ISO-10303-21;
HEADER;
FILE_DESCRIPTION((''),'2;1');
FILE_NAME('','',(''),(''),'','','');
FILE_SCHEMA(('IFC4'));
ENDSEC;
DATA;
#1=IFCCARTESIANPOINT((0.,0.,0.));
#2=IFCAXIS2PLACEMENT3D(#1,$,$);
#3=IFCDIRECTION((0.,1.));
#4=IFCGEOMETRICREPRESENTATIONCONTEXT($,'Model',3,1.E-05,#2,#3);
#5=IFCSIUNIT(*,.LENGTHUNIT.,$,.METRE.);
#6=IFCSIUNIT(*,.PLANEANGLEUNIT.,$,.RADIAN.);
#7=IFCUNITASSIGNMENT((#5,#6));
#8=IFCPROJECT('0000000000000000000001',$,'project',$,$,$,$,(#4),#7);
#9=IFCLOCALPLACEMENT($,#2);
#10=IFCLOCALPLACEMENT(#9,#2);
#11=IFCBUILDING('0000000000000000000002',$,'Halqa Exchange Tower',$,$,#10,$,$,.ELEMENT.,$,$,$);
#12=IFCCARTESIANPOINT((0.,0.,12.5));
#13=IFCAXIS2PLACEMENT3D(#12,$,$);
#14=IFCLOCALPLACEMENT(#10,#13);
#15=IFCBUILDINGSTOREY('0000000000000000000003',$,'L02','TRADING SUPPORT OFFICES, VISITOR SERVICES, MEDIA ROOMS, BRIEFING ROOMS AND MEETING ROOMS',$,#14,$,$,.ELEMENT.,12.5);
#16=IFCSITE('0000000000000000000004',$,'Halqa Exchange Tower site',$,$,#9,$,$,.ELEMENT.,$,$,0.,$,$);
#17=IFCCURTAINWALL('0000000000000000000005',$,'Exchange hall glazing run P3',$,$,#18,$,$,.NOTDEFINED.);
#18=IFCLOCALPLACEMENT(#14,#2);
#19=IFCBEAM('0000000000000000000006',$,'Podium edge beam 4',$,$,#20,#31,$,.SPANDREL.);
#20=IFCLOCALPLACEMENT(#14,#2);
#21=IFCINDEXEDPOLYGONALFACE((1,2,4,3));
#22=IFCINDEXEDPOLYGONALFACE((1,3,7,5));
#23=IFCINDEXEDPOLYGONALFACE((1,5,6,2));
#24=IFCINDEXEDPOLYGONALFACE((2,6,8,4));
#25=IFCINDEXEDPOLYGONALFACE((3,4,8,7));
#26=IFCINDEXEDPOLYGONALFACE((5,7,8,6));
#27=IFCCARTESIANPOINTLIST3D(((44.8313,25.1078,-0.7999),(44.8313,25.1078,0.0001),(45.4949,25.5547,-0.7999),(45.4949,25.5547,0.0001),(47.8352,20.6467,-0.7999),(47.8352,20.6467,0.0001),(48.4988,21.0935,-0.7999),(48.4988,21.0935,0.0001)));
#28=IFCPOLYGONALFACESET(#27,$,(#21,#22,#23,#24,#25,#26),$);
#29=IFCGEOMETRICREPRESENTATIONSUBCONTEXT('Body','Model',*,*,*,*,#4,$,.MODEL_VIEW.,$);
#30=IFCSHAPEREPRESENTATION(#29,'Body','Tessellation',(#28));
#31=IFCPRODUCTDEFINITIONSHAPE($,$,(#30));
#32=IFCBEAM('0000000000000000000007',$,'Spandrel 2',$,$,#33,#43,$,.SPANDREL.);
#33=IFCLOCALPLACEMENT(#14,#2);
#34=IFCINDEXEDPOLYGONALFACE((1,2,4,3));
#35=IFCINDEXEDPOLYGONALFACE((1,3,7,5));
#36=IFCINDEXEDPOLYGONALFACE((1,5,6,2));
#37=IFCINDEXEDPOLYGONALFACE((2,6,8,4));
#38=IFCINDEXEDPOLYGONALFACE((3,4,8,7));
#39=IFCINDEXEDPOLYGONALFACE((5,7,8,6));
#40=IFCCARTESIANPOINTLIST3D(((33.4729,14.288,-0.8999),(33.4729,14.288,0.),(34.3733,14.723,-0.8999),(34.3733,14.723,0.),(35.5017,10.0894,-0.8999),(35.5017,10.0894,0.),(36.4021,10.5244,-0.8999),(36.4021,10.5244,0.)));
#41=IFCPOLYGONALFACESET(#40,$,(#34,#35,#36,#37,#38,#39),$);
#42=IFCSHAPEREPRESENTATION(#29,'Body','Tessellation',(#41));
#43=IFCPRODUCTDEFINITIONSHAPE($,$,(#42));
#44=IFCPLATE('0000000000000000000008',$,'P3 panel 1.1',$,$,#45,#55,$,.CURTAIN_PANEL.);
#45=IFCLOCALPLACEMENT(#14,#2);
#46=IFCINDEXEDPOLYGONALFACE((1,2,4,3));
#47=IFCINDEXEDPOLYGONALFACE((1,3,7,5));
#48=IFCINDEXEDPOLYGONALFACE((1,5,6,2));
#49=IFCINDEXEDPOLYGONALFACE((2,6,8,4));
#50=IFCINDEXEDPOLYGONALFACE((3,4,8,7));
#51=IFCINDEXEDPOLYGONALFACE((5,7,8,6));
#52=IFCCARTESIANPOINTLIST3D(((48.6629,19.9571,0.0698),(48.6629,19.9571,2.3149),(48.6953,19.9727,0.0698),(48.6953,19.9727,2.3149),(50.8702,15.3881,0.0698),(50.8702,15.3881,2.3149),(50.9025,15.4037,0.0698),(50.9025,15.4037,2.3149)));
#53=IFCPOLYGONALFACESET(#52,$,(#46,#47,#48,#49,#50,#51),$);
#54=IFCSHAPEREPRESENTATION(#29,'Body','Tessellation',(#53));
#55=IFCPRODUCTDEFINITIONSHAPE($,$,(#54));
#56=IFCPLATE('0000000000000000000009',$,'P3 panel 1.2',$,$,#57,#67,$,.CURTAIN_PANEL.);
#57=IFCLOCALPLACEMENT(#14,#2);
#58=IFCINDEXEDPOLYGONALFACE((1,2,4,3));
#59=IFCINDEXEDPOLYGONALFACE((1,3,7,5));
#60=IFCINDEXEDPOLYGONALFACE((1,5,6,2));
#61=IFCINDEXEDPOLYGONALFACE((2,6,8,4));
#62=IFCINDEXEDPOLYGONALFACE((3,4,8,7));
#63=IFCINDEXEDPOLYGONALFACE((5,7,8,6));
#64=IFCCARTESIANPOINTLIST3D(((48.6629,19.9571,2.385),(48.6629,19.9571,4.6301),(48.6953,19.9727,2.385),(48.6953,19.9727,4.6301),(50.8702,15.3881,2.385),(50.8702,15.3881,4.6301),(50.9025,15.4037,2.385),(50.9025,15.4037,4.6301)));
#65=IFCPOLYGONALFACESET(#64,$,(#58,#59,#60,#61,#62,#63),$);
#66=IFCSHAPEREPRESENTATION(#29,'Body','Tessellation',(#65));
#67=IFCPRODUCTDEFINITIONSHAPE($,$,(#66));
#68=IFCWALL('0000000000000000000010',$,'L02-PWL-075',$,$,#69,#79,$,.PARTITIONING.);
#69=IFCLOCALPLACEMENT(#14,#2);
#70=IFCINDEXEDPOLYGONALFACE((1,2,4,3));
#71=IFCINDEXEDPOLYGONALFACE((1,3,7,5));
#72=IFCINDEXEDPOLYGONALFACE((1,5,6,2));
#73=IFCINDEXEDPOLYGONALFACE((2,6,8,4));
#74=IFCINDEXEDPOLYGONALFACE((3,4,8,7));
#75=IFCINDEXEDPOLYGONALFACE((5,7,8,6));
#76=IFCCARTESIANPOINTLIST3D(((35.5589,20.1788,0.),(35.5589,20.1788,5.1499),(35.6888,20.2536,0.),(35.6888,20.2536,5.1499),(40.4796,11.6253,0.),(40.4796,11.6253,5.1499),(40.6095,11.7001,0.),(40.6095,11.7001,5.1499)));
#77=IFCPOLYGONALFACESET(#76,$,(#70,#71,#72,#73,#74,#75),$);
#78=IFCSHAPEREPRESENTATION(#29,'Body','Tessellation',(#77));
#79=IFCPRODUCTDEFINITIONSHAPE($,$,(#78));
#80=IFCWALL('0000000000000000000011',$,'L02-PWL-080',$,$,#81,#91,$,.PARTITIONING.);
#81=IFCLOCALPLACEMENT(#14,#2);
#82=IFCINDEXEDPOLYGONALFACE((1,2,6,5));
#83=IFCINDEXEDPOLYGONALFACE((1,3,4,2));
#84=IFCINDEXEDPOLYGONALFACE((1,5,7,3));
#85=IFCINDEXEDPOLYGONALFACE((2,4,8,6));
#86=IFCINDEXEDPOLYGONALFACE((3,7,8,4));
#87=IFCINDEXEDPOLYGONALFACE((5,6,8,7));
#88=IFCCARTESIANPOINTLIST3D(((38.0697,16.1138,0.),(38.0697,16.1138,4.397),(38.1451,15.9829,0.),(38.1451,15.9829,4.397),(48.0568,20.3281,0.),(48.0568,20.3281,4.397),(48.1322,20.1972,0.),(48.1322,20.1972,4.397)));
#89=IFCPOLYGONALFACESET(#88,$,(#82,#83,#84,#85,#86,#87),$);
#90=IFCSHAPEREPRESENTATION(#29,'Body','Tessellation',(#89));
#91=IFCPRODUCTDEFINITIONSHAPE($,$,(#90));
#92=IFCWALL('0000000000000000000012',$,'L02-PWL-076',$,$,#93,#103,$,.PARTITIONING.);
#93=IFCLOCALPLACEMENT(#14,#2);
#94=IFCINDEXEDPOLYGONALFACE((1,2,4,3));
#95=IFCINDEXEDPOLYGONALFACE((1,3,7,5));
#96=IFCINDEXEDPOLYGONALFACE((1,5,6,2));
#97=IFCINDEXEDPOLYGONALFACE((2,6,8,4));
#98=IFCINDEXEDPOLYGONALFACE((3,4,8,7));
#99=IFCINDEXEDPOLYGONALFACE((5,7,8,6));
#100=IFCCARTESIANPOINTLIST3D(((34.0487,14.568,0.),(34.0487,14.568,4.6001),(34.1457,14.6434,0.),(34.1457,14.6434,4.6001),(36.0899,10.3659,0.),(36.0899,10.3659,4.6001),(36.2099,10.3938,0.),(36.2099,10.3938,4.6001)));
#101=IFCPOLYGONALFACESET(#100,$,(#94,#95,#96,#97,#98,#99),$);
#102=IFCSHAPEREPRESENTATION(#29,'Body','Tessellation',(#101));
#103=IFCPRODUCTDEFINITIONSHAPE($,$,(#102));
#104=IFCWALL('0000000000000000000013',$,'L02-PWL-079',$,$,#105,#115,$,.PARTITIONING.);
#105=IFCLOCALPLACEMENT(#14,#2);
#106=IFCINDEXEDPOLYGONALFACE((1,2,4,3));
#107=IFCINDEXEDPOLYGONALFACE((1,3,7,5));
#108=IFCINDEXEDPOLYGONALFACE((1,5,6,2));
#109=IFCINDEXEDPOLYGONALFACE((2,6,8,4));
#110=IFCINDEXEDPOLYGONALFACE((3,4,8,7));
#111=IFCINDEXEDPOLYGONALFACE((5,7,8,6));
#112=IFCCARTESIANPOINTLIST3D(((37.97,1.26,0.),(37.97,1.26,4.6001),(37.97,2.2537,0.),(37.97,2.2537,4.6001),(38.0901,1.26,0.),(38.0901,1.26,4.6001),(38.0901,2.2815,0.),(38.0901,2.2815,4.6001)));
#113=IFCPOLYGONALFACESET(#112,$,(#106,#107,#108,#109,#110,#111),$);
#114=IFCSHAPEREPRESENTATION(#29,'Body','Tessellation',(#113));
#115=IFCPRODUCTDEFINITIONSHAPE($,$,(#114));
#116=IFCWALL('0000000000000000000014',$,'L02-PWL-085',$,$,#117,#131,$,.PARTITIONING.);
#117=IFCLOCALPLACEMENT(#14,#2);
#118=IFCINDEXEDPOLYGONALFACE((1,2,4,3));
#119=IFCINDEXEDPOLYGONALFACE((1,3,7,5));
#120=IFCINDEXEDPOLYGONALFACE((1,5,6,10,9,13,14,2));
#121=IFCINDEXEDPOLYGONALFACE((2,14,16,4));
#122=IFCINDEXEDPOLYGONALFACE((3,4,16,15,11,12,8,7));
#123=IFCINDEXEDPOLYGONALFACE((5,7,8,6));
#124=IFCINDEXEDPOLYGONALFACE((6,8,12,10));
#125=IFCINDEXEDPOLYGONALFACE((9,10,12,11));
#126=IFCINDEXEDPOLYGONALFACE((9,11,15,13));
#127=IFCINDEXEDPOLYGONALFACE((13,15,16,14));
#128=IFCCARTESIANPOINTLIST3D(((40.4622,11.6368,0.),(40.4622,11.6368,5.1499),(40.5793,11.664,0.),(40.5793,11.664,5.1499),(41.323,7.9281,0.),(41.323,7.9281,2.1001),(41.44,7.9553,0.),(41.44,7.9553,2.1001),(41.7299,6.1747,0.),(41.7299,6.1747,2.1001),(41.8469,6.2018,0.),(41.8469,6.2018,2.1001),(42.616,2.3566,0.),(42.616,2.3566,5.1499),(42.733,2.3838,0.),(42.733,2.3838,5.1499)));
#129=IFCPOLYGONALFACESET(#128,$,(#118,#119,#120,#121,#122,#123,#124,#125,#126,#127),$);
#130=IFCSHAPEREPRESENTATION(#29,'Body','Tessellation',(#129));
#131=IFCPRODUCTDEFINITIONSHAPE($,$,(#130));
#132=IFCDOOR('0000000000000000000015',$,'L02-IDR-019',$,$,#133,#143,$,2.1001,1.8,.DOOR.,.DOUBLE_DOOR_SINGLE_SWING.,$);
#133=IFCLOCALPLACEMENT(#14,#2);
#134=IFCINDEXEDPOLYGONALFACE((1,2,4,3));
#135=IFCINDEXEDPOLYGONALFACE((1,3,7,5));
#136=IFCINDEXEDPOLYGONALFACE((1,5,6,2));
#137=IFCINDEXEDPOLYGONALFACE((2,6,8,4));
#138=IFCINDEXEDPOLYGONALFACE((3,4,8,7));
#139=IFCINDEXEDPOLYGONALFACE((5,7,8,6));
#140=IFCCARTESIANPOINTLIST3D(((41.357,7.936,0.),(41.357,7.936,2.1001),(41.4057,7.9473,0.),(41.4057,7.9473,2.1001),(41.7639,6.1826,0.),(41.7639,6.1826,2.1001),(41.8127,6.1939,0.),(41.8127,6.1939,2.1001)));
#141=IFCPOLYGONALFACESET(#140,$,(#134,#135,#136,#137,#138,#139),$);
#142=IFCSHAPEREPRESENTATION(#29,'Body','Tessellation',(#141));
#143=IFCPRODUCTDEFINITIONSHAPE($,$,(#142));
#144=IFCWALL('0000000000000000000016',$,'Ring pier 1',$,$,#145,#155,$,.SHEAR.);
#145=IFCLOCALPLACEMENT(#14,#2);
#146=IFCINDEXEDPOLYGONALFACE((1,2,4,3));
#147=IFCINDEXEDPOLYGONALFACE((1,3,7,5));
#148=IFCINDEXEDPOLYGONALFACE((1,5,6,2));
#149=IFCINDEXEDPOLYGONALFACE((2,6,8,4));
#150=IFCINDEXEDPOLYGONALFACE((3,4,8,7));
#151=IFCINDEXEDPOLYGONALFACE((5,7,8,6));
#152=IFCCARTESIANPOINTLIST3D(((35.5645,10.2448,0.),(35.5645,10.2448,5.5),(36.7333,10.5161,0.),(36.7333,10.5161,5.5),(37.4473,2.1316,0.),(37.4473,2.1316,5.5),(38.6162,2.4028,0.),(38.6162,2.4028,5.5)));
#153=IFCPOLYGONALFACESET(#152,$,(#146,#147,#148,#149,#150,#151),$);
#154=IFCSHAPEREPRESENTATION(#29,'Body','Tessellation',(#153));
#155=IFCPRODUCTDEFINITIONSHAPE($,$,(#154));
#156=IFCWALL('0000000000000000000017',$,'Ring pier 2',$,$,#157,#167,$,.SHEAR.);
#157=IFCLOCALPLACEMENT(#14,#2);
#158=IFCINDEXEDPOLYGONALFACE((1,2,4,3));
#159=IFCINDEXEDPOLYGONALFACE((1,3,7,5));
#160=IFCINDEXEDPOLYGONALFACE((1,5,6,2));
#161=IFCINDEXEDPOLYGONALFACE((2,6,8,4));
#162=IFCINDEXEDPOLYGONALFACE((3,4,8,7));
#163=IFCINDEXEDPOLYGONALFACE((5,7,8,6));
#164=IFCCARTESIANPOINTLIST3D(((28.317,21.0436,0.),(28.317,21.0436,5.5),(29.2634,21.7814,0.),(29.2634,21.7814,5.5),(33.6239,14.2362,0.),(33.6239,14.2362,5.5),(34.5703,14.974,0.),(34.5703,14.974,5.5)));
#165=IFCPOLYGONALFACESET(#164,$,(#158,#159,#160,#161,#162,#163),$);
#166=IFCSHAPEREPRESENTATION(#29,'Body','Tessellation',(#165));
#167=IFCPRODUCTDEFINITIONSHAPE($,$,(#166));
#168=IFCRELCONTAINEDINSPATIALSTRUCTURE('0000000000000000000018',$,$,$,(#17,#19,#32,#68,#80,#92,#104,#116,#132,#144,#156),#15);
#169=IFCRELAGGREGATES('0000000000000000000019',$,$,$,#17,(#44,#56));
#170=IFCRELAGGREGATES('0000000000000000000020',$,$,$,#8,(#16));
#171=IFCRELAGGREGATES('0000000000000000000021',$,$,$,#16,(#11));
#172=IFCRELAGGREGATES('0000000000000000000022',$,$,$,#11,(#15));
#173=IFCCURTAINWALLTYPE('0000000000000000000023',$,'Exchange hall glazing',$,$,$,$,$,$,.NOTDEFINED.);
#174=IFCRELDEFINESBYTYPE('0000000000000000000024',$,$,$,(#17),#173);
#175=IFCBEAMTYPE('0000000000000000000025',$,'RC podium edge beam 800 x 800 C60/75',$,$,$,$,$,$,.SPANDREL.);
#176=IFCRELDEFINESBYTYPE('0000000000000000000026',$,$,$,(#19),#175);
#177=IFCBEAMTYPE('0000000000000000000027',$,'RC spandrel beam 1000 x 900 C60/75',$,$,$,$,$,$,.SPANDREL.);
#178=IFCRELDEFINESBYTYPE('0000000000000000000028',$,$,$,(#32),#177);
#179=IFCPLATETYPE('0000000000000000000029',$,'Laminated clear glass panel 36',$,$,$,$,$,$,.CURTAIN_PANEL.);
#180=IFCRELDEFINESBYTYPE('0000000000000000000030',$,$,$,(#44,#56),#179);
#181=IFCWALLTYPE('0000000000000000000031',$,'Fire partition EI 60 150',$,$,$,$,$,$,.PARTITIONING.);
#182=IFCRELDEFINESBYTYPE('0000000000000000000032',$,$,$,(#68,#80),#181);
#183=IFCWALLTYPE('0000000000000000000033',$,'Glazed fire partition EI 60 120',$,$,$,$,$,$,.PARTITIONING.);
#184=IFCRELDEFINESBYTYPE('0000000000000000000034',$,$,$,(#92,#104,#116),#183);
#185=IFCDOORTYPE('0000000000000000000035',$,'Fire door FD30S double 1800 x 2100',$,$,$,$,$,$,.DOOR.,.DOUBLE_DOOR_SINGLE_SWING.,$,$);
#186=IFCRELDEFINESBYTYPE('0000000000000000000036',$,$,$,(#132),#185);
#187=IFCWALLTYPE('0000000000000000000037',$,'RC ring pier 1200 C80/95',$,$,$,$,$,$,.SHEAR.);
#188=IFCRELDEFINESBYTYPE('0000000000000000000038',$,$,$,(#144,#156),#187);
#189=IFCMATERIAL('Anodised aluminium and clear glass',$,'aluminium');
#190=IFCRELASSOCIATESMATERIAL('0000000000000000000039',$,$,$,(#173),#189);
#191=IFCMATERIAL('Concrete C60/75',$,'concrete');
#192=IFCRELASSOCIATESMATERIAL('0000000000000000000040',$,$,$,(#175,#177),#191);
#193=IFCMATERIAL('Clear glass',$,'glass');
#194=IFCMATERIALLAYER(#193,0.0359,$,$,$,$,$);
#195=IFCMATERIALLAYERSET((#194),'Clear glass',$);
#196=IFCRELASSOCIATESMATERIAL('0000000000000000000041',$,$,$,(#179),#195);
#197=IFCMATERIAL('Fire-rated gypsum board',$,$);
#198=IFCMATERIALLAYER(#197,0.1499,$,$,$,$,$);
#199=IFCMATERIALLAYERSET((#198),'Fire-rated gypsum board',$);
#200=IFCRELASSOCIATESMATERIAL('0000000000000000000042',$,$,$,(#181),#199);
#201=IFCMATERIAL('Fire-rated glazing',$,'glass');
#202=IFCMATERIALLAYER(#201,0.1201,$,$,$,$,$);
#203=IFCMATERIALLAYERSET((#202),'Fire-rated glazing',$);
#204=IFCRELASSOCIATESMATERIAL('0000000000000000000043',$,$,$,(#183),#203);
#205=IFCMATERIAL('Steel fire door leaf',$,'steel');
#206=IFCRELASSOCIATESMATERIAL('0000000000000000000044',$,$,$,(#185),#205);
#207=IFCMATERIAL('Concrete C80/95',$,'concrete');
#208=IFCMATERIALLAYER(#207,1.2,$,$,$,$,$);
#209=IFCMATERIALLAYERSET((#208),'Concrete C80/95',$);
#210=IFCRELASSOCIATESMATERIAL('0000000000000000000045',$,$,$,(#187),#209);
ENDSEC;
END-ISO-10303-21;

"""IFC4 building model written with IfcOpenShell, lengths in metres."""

from ifc_helpers import new_model, si_unit, direction, frame, frame_2d, origin, origin_2d, place, context, subcontext, project, spatial, polyline, rectangle, outline, extrude, material, layer, layer_set, material_profile, profile_set, type_object, element, fill, aggregate, save


model = new_model("IFC4")

# Units and contexts
model_context = context("Model", 3, precision=1e-05, world=origin(), true_north=direction((0.0, 1.0)))
body_context = subcontext(model_context, "Body", "Model", "MODEL_VIEW")
ifc_project = project(units=[si_unit("LENGTHUNIT", "METRE"), si_unit("PLANEANGLEUNIT", "RADIAN")], contexts=[model_context])

# Site, building, storey
site_placement = place(None, origin())
site = spatial("IfcSite", under=ifc_project, at=site_placement, Name="Halqa Exchange Tower site", CompositionType="ELEMENT", RefElevation=0.0)
building_placement = place(site_placement, origin())
building = spatial("IfcBuilding", under=site, at=building_placement, Name="Halqa Exchange Tower", CompositionType="ELEMENT")
storey_placement = place(building_placement, frame((0.0, 0.0, 12.5)))
storey = spatial("IfcBuildingStorey", under=building, at=storey_placement, Name="L02", Description="TRADING SUPPORT OFFICES, VISITOR SERVICES, MEDIA ROOMS, BRIEFING ROOMS AND MEETING ROOMS", CompositionType="ELEMENT", Elevation=12.5)

# Shared definitions
ifc_material_1 = material(Name="Concrete C60/75", Category="concrete")

# Curtain wall
ifc_material_2 = material(Name="Anodised aluminium and clear glass", Category="aluminium")
curtain_wall_type = type_object("IfcCurtainWallType", Name="Exchange hall glazing", PredefinedType="NOTDEFINED", material=ifc_material_2)
curtain_wall_1_placement = place(storey_placement, origin())
curtain_wall_1 = element("IfcCurtainWall", 1, at=curtain_wall_1_placement, inside=storey, type_object=curtain_wall_type, Name="Exchange hall glazing run P3", PredefinedType="NOTDEFINED")

# Beams
ifc_material_profile_1 = material_profile(ifc_material_1, rectangle(XDim=0.8, YDim=0.8, at=origin_2d()), Name="800 x 800")
ifc_profile_set_1 = profile_set([ifc_material_profile_1], Name="Concrete C60/75")
beam_type_1 = type_object("IfcBeamType", Name="RC podium edge beam 800 x 800 C60/75", PredefinedType="SPANDREL", material=ifc_profile_set_1)
beam_1_placement = place(storey_placement, frame((48.167, 20.8701, -0.3999), z_axis=(-0.558528, 0.829485, 0.0), x_axis=(-0.829485, -0.558528, 0.0)))
element("IfcBeam", 2, at=beam_1_placement, inside=storey, type_object=beam_type_1, Name="Podium edge beam 4", PredefinedType="SPANDREL", context=body_context, shape_type="SweptSolid", body=[
    extrude(rectangle(XDim=0.8, YDim=0.8, at=origin_2d()), origin(), (0.0, 0.0, 1.0), 5.3782),
])
ifc_material_profile_2 = material_profile(ifc_material_1, rectangle(XDim=1.0, YDim=0.8999, at=origin_2d()), Name="1000 x 900")
ifc_profile_set_2 = profile_set([ifc_material_profile_2], Name="Concrete C60/75")
beam_type_2 = type_object("IfcBeamType", Name="RC spandrel beam 1000 x 900 C60/75", PredefinedType="SPANDREL", material=ifc_profile_set_2)
beam_2_placement = place(storey_placement, frame((35.9519, 10.3069, -0.45), z_axis=(-0.435068, 0.900397, 0.0), x_axis=(-0.900397, -0.435068, 0.0)))
element("IfcBeam", 3, at=beam_2_placement, inside=storey, type_object=beam_type_2, Name="Spandrel 2", PredefinedType="SPANDREL", context=body_context, shape_type="SweptSolid", body=[
    extrude(rectangle(XDim=1.0, YDim=0.8999, at=origin_2d()), origin(), (0.0, 0.0, 1.0), 4.6631),
])

# Plates
ifc_material_3 = material(Name="Clear glass", Category="glass")
ifc_layer_1 = layer(ifc_material_3, 0.0359)
ifc_layer_set_1 = layer_set([ifc_layer_1], Name="Clear glass")
plate_type = type_object("IfcPlateType", Name="Laminated clear glass panel 36", PredefinedType="CURTAIN_PANEL", material=ifc_layer_set_1)
plate_1_placement = place(storey_placement, frame((49.7827, 17.6804, 0.0698), z_axis=(0.0, 0.0, 1.0), x_axis=(-0.43499, 0.900435, 0.0)))
plate_1 = element("IfcPlate", 4, at=plate_1_placement, type_object=plate_type, Name="P3 panel 1.1", PredefinedType="CURTAIN_PANEL", context=body_context, shape_type="SweptSolid", body=[
    extrude(rectangle(XDim=5.0742, YDim=0.0359, at=origin_2d()), origin(), (0.0, 0.0, 1.0), 2.2451),
])
plate_2_placement = place(storey_placement, frame((49.7827, 17.6804, 2.385), z_axis=(0.0, 0.0, 1.0), x_axis=(-0.43499, 0.900435, 0.0)))
plate_2 = element("IfcPlate", 5, at=plate_2_placement, type_object=plate_type, Name="P3 panel 1.2", PredefinedType="CURTAIN_PANEL", context=body_context, shape_type="SweptSolid", body=[
    extrude(rectangle(XDim=5.0742, YDim=0.0359, at=origin_2d()), origin(), (0.0, 0.0, 1.0), 2.2451),
])
aggregate(curtain_wall_1, [plate_1, plate_2])

# Walls
ifc_material_4 = material(Name="Fire-rated gypsum board")
ifc_layer_2 = layer(ifc_material_4, 0.1499)
ifc_layer_set_2 = layer_set([ifc_layer_2], Name="Fire-rated gypsum board")
wall_type_1 = type_object("IfcWallType", Name="Fire partition EI 60 150", PredefinedType="PARTITIONING", material=ifc_layer_set_2)
wall_1_placement = place(storey_placement, frame((35.6238, 20.2163, 0.0), z_axis=(0.0, 0.0, 1.0), x_axis=(0.498655, -0.866801, 0.0)))
element("IfcWall", 6, at=wall_1_placement, inside=storey, type_object=wall_type_1, Name="L02-PWL-075", PredefinedType="PARTITIONING", context=body_context, shape_type="SweptSolid", body=[
    extrude(rectangle(XDim=9.8679, YDim=0.1499, at=frame_2d((4.9341, 0.0))), origin(), (0.0, 0.0, 1.0), 5.1499),
])
wall_2_placement = place(storey_placement, frame((38.1074, 16.0483, 0.0), z_axis=(0.0, 0.0, 1.0), x_axis=(0.921329, 0.388784, 0.0)))
element("IfcWall", 7, at=wall_2_placement, inside=storey, type_object=wall_type_1, Name="L02-PWL-080", PredefinedType="PARTITIONING", context=body_context, shape_type="SweptSolid", body=[
    extrude(outline(polyline([(0.0093, -0.075), (10.8491, -0.075), (10.8306, 0.075), (-0.0093, 0.075), (0.0093, -0.075)])), origin(), (0.0, 0.0, 1.0), 4.397),
])
ifc_material_5 = material(Name="Fire-rated glazing", Category="glass")
ifc_layer_3 = layer(ifc_material_5, 0.1201)
ifc_layer_set_3 = layer_set([ifc_layer_3], Name="Fire-rated glazing")
wall_type_2 = type_object("IfcWallType", Name="Glazed fire partition EI 60 120", PredefinedType="PARTITIONING", material=ifc_layer_set_3)
wall_3_placement = place(storey_placement, frame((36.1499, 10.3799, 0.0), z_axis=(0.0, 0.0, 1.0), x_axis=(-0.436936, 0.899492, 0.0)))
element("IfcWall", 8, at=wall_3_placement, inside=storey, type_object=wall_type_2, Name="L02-PWL-076", PredefinedType="PARTITIONING", context=body_context, shape_type="SweptSolid", body=[
    extrude(outline(polyline([(-0.0137, -0.0601), (4.7107, -0.0601), (4.6853, 0.0601), (0.0137, 0.0601), (-0.0137, -0.0601)])), origin(), (0.0, 0.0, 1.0), 4.6001),
])
wall_4_placement = place(storey_placement, frame((38.03, 1.26, 0.0), z_axis=(0.0, 0.0, 1.0), x_axis=(0.0, 1.0, 0.0)))
element("IfcWall", 9, at=wall_4_placement, inside=storey, type_object=wall_type_2, Name="L02-PWL-079", PredefinedType="PARTITIONING", context=body_context, shape_type="SweptSolid", body=[
    extrude(outline(polyline([(0.0, -0.0601), (1.0215, -0.0601), (0.9937, 0.0601), (0.0, 0.0601), (0.0, -0.0601)])), origin(), (0.0, 0.0, 1.0), 4.6001),
])

# Wall, opening, door
wall_5_placement = place(storey_placement, frame((40.5208, 11.6504, 0.0), z_axis=(0.0, 0.0, 1.0), x_axis=(0.226076, -0.97411, 0.0)))
wall_5 = element("IfcWall", 10, at=wall_5_placement, inside=storey, type_object=wall_type_2, Name="L02-PWL-085", PredefinedType="PARTITIONING", context=body_context, shape_type="SweptSolid", body=[
    extrude(rectangle(XDim=9.5269, YDim=0.1201, at=frame_2d((4.7634, 0.0))), origin(), (0.0, 0.0, 1.0), 5.1499),
])
opening_placement = place(wall_5_placement, frame((3.8074, 0.0, 0.0)))
opening = element("IfcOpeningElement", 11, at=opening_placement, cuts=wall_5, PredefinedType="OPENING", context=body_context, shape_type="SweptSolid", body=[
    extrude(rectangle(XDim=1.8, YDim=2.1001, at=frame_2d((0.8999, 1.05))), frame((0.0, 0.072, 0.0), z_axis=(0.0, -1.0, 0.0), x_axis=(1.0, 0.0, 0.0)), (0.0, 0.0, 1.0), 0.144),
])
ifc_material_6 = material(Name="Steel fire door leaf", Category="steel")
door_type = type_object("IfcDoorType", Name="Fire door FD30S double 1800 x 2100", OperationType="DOUBLE_DOOR_SINGLE_SWING", PredefinedType="DOOR", material=ifc_material_6)
door_placement = place(opening_placement, origin())
door = element("IfcDoor", 12, at=door_placement, inside=storey, type_object=door_type, Name="L02-IDR-019", OperationType="DOUBLE_DOOR_SINGLE_SWING", OverallHeight=2.1001, OverallWidth=1.8, PredefinedType="DOOR", context=body_context, shape_type="SweptSolid", body=[
    extrude(rectangle(XDim=1.8, YDim=2.1001, at=frame_2d((0.8999, 1.05))), frame((0.0, 0.0249, 0.0), z_axis=(0.0, -1.0, 0.0), x_axis=(1.0, 0.0, 0.0)), (0.0, 0.0, 1.0), 0.05),
])
fill(opening, door)

# Walls
ifc_material_7 = material(Name="Concrete C80/95", Category="concrete")
ifc_layer_4 = layer(ifc_material_7, 1.2)
ifc_layer_set_4 = layer_set([ifc_layer_4], Name="Concrete C80/95")
wall_type_3 = type_object("IfcWallType", Name="RC ring pier 1200 C80/95", PredefinedType="SHEAR", material=ifc_layer_set_4)
wall_6_placement = place(storey_placement, frame((38.0317, 2.2671, 0.0), z_axis=(0.0, 0.0, 1.0), x_axis=(-0.226058, 0.974114, 0.0)))
element("IfcWall", 13, at=wall_6_placement, inside=storey, type_object=wall_type_3, Name="Ring pier 1", PredefinedType="SHEAR", context=body_context, shape_type="SweptSolid", body=[
    extrude(rectangle(XDim=8.3289, YDim=1.2, at=frame_2d((4.1646, 0.0))), origin(), (0.0, 0.0, 1.0), 5.5),
])
wall_7_placement = place(storey_placement, frame((34.0972, 14.605, 0.0), z_axis=(0.0, 0.0, 1.0), x_axis=(-0.614825, 0.788663, 0.0)))
element("IfcWall", 14, at=wall_7_placement, inside=storey, type_object=wall_type_3, Name="Ring pier 2", PredefinedType="SHEAR", context=body_context, shape_type="SweptSolid", body=[
    extrude(rectangle(XDim=8.6316, YDim=1.2, at=frame_2d((4.3159, 0.0))), origin(), (0.0, 0.0, 1.0), 5.5),
])

save(model, "model.ifc")
